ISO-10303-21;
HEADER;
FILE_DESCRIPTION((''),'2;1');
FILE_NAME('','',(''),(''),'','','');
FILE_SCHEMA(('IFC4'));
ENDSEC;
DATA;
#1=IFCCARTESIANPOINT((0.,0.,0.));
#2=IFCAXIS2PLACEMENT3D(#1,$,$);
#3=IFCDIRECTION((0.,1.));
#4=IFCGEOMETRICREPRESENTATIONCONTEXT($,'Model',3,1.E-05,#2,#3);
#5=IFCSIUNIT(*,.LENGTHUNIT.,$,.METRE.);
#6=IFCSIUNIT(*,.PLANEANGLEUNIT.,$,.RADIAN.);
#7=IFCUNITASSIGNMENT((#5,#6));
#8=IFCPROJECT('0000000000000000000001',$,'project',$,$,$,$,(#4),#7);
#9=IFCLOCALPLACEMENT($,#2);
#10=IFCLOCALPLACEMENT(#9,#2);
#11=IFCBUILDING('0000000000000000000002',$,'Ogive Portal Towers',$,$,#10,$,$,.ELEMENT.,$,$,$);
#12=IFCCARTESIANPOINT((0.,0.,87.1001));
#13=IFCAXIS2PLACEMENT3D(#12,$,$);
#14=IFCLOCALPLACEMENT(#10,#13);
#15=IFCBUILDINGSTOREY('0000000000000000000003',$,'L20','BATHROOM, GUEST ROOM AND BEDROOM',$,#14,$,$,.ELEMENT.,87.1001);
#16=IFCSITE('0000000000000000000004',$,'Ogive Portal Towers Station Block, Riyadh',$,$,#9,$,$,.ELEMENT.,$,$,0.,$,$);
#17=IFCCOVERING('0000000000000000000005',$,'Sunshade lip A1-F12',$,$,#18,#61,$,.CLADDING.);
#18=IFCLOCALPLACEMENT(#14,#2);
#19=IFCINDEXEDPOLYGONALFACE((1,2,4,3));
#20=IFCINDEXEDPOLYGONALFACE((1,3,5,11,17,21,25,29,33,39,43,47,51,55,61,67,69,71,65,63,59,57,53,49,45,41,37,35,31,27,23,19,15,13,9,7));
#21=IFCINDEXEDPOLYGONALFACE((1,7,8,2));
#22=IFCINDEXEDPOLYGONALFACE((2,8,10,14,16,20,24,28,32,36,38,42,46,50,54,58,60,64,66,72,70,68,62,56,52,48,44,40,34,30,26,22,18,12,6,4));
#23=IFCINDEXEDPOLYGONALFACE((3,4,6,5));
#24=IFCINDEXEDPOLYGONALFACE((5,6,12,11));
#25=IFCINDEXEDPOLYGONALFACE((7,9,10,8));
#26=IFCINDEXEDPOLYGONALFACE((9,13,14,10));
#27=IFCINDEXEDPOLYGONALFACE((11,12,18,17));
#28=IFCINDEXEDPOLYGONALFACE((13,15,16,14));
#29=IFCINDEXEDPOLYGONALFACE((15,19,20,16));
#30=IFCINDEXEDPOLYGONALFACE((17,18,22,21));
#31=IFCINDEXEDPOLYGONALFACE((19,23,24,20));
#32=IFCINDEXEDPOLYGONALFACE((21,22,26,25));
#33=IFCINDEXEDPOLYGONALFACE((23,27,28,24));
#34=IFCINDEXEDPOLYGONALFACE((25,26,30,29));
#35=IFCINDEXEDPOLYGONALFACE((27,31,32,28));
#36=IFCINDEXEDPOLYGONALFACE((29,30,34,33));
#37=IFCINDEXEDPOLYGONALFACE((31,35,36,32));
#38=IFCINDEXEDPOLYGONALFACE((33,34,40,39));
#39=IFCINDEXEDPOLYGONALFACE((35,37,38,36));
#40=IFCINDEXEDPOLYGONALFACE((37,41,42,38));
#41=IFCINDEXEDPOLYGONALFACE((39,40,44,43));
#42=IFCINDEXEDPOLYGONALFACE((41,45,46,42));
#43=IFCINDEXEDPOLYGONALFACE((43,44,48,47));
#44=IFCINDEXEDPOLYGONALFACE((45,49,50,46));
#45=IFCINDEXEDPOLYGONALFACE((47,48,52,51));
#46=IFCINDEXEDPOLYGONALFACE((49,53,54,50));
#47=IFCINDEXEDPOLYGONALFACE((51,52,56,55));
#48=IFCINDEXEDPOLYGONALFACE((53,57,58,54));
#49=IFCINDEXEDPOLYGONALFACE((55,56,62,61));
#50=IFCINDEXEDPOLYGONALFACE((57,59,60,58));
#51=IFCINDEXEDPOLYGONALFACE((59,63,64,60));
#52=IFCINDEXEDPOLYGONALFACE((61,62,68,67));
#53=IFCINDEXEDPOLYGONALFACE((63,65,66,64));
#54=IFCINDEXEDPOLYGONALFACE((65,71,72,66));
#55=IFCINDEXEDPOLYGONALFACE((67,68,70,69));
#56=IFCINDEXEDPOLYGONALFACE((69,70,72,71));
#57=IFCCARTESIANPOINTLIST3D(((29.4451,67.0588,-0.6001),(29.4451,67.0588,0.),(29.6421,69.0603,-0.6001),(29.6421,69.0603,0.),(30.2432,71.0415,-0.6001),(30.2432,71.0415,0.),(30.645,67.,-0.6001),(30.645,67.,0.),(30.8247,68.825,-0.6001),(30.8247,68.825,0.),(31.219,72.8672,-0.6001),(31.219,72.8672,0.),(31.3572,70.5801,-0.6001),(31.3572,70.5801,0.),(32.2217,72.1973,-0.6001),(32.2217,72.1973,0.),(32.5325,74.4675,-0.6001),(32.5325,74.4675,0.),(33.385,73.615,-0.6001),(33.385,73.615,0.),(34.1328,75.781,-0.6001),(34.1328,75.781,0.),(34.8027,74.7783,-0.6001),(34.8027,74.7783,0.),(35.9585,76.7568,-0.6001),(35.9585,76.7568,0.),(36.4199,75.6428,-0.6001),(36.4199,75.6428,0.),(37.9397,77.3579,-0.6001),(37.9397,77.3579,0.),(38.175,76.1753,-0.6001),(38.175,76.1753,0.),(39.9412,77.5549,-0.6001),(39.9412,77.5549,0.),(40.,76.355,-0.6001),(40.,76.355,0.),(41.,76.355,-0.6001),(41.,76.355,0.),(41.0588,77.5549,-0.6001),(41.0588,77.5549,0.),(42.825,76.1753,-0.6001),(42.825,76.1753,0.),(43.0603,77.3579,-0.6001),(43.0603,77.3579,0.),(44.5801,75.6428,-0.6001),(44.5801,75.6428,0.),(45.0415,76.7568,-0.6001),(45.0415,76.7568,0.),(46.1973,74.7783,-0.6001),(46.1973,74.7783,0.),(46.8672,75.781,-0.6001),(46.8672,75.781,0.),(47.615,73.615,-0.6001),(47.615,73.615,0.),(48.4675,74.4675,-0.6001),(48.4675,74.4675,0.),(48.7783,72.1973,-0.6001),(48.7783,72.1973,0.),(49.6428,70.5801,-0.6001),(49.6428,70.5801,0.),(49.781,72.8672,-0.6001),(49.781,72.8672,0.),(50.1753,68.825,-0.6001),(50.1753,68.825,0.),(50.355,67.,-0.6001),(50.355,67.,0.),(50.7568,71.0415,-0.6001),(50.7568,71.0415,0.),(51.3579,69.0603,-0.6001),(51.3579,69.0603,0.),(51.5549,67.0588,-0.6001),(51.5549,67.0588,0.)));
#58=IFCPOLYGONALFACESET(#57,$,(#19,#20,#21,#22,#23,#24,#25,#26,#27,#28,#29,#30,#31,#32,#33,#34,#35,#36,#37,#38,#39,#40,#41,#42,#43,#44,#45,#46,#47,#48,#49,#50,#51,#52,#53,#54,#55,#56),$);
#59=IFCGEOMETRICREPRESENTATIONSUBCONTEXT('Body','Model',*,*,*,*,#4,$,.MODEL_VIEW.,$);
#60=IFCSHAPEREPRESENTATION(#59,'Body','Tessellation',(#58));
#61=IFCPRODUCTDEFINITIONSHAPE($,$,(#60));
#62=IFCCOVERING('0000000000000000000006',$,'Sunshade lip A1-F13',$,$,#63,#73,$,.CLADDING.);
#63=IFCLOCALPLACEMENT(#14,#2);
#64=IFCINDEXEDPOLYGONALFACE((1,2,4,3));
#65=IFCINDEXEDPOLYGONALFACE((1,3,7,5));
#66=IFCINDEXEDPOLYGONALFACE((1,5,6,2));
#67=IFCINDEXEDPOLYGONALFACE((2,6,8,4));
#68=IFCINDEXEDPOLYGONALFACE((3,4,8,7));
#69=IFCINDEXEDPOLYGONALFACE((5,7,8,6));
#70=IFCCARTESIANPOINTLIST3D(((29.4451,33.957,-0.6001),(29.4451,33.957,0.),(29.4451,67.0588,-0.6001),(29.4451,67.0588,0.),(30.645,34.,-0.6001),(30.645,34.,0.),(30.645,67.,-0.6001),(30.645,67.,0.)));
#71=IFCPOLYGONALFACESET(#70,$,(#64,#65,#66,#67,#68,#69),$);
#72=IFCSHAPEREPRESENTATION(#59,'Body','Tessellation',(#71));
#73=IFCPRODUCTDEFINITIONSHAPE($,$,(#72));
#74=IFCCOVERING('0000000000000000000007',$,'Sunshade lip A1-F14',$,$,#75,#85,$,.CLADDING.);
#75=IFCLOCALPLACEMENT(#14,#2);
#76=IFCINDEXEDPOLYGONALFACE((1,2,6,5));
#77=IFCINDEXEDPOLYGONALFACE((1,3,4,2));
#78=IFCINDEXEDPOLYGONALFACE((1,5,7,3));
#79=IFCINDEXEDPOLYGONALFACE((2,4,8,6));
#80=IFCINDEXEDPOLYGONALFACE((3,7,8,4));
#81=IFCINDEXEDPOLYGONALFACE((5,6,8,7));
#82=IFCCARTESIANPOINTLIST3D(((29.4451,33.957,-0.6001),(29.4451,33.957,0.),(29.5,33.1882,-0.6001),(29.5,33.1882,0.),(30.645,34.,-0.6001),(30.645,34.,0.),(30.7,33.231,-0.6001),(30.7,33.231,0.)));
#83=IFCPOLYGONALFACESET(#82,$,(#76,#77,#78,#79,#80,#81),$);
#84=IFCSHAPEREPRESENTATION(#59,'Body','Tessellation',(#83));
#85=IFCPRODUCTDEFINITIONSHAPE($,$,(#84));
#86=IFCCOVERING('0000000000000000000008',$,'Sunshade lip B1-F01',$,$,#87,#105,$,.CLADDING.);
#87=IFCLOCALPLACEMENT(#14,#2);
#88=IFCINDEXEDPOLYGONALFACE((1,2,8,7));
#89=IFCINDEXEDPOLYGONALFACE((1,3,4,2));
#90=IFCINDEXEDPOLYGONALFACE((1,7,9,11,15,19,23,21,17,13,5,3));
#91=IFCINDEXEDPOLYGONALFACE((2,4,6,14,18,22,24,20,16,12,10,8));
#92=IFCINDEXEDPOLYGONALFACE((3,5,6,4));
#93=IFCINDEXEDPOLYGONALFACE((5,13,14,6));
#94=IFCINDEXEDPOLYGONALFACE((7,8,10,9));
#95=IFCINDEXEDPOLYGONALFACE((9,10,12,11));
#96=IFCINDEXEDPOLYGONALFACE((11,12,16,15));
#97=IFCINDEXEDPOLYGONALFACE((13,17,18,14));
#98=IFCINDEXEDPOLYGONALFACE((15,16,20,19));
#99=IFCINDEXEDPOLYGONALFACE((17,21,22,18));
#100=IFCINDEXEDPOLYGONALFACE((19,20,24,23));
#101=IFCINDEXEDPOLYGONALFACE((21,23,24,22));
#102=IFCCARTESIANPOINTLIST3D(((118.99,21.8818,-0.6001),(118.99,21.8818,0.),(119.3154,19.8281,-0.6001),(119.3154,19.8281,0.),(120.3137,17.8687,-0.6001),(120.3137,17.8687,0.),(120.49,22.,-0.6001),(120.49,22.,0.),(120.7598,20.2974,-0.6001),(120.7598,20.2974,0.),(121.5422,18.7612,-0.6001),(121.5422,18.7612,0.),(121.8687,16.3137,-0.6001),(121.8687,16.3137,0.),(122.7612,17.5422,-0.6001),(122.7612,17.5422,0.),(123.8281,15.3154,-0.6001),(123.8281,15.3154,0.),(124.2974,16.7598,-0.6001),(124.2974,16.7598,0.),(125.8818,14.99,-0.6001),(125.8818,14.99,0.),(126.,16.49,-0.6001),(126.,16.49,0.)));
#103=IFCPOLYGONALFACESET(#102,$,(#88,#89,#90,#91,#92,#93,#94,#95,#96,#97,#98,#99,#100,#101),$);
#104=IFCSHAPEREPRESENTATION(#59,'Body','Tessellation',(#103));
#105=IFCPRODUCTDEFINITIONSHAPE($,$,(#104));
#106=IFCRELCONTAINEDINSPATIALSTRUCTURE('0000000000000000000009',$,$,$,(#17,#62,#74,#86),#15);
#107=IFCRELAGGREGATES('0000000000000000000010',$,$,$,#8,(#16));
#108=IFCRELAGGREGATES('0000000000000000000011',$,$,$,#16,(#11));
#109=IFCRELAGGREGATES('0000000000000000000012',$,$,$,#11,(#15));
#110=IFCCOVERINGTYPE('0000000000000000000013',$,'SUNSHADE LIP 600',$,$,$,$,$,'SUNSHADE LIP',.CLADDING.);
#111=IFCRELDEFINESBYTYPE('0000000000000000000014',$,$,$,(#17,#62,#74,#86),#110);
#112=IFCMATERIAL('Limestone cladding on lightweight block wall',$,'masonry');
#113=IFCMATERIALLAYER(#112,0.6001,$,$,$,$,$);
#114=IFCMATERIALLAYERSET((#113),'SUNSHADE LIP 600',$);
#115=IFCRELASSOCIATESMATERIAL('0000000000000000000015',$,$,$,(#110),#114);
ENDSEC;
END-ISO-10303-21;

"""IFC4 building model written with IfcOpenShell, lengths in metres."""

from ifc_helpers import new_model, si_unit, direction, frame, origin, place, context, subcontext, project, spatial, polyline, outline, extrude, material, layer, layer_set, type_object, element, save


model = new_model("IFC4")

# Units and contexts
model_context = context("Model", 3, precision=1e-05, world=origin(), true_north=direction((0.0, 1.0)))
body_context = subcontext(model_context, "Body", "Model", "MODEL_VIEW")
ifc_project = project(units=[si_unit("LENGTHUNIT", "METRE"), si_unit("PLANEANGLEUNIT", "RADIAN")], contexts=[model_context])

# Site, building, storey
site_placement = place(None, origin())
site = spatial("IfcSite", under=ifc_project, at=site_placement, Name="Ogive Portal Towers Station Block, Riyadh", CompositionType="ELEMENT", RefElevation=0.0)
building_placement = place(site_placement, origin())
building = spatial("IfcBuilding", under=site, at=building_placement, Name="Ogive Portal Towers", CompositionType="ELEMENT")
storey_placement = place(building_placement, frame((0.0, 0.0, 87.1001)))
storey = spatial("IfcBuildingStorey", under=building, at=storey_placement, Name="L20", Description="BATHROOM, GUEST ROOM AND BEDROOM", CompositionType="ELEMENT", Elevation=87.1001)

# Coverings
ifc_material_1 = material(Name="Limestone cladding on lightweight block wall", Category="masonry")
ifc_layer_1 = layer(ifc_material_1, 0.6001)
ifc_layer_set_1 = layer_set([ifc_layer_1], Name="SUNSHADE LIP 600")
covering_type_1 = type_object("IfcCoveringType", Name="SUNSHADE LIP 600", ElementType="SUNSHADE LIP", PredefinedType="CLADDING", material=ifc_layer_set_1)
covering_1_placement = place(storey_placement, frame((0.0, 0.0, -0.6001)))
element("IfcCovering", 1, at=covering_1_placement, inside=storey, type_object=covering_type_1, Name="Sunshade lip A1-F12", PredefinedType="CLADDING", context=body_context, shape_type="SweptSolid", body=[
    extrude(outline(polyline([(50.355, 67.0), (50.1753, 68.825), (49.6428, 70.5801), (48.7783, 72.1973), (47.615, 73.615), (46.1973, 74.7783), (44.5801, 75.6428), (42.825, 76.1753), (41.0, 76.355), (40.0, 76.355), (38.175, 76.1753), (36.4199, 75.6428), (34.8027, 74.7783), (33.385, 73.615), (32.2217, 72.1973), (31.3572, 70.5801), (30.8247, 68.825), (30.645, 67.0), (29.4451, 67.0588), (29.6421, 69.0603), (30.2432, 71.0415), (31.219, 72.8672), (32.5325, 74.4675), (34.1328, 75.781), (35.9585, 76.7568), (37.9397, 77.3579), (39.9412, 77.5549), (41.0588, 77.5549), (43.0603, 77.3579), (45.0415, 76.7568), (46.8672, 75.781), (48.4675, 74.4675), (49.781, 72.8672), (50.7568, 71.0415), (51.3579, 69.0603), (51.5549, 67.0588), (50.355, 67.0)])), origin(), (0.0, 0.0, 1.0), 0.6001),
])
covering_2_placement = place(storey_placement, frame((0.0, 0.0, -0.6001)))
element("IfcCovering", 2, at=covering_2_placement, inside=storey, type_object=covering_type_1, Name="Sunshade lip A1-F13", PredefinedType="CLADDING", context=body_context, shape_type="SweptSolid", body=[
    extrude(outline(polyline([(30.645, 67.0), (30.645, 34.0), (29.4451, 33.957), (29.4451, 67.0588), (30.645, 67.0)])), origin(), (0.0, 0.0, 1.0), 0.6001),
])
covering_3_placement = place(storey_placement, frame((0.0, 0.0, -0.6001)))
element("IfcCovering", 3, at=covering_3_placement, inside=storey, type_object=covering_type_1, Name="Sunshade lip A1-F14", PredefinedType="CLADDING", context=body_context, shape_type="SweptSolid", body=[
    extrude(outline(polyline([(30.645, 34.0), (30.7, 33.231), (29.5, 33.1882), (29.4451, 33.957), (30.645, 34.0)])), origin(), (0.0, 0.0, 1.0), 0.6001),
])
covering_4_placement = place(storey_placement, frame((0.0, 0.0, -0.6001)))
element("IfcCovering", 4, at=covering_4_placement, inside=storey, type_object=covering_type_1, Name="Sunshade lip B1-F01", PredefinedType="CLADDING", context=body_context, shape_type="SweptSolid", body=[
    extrude(outline(polyline([(120.49, 22.0), (120.7598, 20.2974), (121.5422, 18.7612), (122.7612, 17.5422), (124.2974, 16.7598), (126.0, 16.49), (125.8818, 14.99), (123.8281, 15.3154), (121.8687, 16.3137), (120.3137, 17.8687), (119.3154, 19.8281), (118.99, 21.8818), (120.49, 22.0)])), origin(), (0.0, 0.0, 1.0), 0.6001),
])

save(model, "model.ifc")
